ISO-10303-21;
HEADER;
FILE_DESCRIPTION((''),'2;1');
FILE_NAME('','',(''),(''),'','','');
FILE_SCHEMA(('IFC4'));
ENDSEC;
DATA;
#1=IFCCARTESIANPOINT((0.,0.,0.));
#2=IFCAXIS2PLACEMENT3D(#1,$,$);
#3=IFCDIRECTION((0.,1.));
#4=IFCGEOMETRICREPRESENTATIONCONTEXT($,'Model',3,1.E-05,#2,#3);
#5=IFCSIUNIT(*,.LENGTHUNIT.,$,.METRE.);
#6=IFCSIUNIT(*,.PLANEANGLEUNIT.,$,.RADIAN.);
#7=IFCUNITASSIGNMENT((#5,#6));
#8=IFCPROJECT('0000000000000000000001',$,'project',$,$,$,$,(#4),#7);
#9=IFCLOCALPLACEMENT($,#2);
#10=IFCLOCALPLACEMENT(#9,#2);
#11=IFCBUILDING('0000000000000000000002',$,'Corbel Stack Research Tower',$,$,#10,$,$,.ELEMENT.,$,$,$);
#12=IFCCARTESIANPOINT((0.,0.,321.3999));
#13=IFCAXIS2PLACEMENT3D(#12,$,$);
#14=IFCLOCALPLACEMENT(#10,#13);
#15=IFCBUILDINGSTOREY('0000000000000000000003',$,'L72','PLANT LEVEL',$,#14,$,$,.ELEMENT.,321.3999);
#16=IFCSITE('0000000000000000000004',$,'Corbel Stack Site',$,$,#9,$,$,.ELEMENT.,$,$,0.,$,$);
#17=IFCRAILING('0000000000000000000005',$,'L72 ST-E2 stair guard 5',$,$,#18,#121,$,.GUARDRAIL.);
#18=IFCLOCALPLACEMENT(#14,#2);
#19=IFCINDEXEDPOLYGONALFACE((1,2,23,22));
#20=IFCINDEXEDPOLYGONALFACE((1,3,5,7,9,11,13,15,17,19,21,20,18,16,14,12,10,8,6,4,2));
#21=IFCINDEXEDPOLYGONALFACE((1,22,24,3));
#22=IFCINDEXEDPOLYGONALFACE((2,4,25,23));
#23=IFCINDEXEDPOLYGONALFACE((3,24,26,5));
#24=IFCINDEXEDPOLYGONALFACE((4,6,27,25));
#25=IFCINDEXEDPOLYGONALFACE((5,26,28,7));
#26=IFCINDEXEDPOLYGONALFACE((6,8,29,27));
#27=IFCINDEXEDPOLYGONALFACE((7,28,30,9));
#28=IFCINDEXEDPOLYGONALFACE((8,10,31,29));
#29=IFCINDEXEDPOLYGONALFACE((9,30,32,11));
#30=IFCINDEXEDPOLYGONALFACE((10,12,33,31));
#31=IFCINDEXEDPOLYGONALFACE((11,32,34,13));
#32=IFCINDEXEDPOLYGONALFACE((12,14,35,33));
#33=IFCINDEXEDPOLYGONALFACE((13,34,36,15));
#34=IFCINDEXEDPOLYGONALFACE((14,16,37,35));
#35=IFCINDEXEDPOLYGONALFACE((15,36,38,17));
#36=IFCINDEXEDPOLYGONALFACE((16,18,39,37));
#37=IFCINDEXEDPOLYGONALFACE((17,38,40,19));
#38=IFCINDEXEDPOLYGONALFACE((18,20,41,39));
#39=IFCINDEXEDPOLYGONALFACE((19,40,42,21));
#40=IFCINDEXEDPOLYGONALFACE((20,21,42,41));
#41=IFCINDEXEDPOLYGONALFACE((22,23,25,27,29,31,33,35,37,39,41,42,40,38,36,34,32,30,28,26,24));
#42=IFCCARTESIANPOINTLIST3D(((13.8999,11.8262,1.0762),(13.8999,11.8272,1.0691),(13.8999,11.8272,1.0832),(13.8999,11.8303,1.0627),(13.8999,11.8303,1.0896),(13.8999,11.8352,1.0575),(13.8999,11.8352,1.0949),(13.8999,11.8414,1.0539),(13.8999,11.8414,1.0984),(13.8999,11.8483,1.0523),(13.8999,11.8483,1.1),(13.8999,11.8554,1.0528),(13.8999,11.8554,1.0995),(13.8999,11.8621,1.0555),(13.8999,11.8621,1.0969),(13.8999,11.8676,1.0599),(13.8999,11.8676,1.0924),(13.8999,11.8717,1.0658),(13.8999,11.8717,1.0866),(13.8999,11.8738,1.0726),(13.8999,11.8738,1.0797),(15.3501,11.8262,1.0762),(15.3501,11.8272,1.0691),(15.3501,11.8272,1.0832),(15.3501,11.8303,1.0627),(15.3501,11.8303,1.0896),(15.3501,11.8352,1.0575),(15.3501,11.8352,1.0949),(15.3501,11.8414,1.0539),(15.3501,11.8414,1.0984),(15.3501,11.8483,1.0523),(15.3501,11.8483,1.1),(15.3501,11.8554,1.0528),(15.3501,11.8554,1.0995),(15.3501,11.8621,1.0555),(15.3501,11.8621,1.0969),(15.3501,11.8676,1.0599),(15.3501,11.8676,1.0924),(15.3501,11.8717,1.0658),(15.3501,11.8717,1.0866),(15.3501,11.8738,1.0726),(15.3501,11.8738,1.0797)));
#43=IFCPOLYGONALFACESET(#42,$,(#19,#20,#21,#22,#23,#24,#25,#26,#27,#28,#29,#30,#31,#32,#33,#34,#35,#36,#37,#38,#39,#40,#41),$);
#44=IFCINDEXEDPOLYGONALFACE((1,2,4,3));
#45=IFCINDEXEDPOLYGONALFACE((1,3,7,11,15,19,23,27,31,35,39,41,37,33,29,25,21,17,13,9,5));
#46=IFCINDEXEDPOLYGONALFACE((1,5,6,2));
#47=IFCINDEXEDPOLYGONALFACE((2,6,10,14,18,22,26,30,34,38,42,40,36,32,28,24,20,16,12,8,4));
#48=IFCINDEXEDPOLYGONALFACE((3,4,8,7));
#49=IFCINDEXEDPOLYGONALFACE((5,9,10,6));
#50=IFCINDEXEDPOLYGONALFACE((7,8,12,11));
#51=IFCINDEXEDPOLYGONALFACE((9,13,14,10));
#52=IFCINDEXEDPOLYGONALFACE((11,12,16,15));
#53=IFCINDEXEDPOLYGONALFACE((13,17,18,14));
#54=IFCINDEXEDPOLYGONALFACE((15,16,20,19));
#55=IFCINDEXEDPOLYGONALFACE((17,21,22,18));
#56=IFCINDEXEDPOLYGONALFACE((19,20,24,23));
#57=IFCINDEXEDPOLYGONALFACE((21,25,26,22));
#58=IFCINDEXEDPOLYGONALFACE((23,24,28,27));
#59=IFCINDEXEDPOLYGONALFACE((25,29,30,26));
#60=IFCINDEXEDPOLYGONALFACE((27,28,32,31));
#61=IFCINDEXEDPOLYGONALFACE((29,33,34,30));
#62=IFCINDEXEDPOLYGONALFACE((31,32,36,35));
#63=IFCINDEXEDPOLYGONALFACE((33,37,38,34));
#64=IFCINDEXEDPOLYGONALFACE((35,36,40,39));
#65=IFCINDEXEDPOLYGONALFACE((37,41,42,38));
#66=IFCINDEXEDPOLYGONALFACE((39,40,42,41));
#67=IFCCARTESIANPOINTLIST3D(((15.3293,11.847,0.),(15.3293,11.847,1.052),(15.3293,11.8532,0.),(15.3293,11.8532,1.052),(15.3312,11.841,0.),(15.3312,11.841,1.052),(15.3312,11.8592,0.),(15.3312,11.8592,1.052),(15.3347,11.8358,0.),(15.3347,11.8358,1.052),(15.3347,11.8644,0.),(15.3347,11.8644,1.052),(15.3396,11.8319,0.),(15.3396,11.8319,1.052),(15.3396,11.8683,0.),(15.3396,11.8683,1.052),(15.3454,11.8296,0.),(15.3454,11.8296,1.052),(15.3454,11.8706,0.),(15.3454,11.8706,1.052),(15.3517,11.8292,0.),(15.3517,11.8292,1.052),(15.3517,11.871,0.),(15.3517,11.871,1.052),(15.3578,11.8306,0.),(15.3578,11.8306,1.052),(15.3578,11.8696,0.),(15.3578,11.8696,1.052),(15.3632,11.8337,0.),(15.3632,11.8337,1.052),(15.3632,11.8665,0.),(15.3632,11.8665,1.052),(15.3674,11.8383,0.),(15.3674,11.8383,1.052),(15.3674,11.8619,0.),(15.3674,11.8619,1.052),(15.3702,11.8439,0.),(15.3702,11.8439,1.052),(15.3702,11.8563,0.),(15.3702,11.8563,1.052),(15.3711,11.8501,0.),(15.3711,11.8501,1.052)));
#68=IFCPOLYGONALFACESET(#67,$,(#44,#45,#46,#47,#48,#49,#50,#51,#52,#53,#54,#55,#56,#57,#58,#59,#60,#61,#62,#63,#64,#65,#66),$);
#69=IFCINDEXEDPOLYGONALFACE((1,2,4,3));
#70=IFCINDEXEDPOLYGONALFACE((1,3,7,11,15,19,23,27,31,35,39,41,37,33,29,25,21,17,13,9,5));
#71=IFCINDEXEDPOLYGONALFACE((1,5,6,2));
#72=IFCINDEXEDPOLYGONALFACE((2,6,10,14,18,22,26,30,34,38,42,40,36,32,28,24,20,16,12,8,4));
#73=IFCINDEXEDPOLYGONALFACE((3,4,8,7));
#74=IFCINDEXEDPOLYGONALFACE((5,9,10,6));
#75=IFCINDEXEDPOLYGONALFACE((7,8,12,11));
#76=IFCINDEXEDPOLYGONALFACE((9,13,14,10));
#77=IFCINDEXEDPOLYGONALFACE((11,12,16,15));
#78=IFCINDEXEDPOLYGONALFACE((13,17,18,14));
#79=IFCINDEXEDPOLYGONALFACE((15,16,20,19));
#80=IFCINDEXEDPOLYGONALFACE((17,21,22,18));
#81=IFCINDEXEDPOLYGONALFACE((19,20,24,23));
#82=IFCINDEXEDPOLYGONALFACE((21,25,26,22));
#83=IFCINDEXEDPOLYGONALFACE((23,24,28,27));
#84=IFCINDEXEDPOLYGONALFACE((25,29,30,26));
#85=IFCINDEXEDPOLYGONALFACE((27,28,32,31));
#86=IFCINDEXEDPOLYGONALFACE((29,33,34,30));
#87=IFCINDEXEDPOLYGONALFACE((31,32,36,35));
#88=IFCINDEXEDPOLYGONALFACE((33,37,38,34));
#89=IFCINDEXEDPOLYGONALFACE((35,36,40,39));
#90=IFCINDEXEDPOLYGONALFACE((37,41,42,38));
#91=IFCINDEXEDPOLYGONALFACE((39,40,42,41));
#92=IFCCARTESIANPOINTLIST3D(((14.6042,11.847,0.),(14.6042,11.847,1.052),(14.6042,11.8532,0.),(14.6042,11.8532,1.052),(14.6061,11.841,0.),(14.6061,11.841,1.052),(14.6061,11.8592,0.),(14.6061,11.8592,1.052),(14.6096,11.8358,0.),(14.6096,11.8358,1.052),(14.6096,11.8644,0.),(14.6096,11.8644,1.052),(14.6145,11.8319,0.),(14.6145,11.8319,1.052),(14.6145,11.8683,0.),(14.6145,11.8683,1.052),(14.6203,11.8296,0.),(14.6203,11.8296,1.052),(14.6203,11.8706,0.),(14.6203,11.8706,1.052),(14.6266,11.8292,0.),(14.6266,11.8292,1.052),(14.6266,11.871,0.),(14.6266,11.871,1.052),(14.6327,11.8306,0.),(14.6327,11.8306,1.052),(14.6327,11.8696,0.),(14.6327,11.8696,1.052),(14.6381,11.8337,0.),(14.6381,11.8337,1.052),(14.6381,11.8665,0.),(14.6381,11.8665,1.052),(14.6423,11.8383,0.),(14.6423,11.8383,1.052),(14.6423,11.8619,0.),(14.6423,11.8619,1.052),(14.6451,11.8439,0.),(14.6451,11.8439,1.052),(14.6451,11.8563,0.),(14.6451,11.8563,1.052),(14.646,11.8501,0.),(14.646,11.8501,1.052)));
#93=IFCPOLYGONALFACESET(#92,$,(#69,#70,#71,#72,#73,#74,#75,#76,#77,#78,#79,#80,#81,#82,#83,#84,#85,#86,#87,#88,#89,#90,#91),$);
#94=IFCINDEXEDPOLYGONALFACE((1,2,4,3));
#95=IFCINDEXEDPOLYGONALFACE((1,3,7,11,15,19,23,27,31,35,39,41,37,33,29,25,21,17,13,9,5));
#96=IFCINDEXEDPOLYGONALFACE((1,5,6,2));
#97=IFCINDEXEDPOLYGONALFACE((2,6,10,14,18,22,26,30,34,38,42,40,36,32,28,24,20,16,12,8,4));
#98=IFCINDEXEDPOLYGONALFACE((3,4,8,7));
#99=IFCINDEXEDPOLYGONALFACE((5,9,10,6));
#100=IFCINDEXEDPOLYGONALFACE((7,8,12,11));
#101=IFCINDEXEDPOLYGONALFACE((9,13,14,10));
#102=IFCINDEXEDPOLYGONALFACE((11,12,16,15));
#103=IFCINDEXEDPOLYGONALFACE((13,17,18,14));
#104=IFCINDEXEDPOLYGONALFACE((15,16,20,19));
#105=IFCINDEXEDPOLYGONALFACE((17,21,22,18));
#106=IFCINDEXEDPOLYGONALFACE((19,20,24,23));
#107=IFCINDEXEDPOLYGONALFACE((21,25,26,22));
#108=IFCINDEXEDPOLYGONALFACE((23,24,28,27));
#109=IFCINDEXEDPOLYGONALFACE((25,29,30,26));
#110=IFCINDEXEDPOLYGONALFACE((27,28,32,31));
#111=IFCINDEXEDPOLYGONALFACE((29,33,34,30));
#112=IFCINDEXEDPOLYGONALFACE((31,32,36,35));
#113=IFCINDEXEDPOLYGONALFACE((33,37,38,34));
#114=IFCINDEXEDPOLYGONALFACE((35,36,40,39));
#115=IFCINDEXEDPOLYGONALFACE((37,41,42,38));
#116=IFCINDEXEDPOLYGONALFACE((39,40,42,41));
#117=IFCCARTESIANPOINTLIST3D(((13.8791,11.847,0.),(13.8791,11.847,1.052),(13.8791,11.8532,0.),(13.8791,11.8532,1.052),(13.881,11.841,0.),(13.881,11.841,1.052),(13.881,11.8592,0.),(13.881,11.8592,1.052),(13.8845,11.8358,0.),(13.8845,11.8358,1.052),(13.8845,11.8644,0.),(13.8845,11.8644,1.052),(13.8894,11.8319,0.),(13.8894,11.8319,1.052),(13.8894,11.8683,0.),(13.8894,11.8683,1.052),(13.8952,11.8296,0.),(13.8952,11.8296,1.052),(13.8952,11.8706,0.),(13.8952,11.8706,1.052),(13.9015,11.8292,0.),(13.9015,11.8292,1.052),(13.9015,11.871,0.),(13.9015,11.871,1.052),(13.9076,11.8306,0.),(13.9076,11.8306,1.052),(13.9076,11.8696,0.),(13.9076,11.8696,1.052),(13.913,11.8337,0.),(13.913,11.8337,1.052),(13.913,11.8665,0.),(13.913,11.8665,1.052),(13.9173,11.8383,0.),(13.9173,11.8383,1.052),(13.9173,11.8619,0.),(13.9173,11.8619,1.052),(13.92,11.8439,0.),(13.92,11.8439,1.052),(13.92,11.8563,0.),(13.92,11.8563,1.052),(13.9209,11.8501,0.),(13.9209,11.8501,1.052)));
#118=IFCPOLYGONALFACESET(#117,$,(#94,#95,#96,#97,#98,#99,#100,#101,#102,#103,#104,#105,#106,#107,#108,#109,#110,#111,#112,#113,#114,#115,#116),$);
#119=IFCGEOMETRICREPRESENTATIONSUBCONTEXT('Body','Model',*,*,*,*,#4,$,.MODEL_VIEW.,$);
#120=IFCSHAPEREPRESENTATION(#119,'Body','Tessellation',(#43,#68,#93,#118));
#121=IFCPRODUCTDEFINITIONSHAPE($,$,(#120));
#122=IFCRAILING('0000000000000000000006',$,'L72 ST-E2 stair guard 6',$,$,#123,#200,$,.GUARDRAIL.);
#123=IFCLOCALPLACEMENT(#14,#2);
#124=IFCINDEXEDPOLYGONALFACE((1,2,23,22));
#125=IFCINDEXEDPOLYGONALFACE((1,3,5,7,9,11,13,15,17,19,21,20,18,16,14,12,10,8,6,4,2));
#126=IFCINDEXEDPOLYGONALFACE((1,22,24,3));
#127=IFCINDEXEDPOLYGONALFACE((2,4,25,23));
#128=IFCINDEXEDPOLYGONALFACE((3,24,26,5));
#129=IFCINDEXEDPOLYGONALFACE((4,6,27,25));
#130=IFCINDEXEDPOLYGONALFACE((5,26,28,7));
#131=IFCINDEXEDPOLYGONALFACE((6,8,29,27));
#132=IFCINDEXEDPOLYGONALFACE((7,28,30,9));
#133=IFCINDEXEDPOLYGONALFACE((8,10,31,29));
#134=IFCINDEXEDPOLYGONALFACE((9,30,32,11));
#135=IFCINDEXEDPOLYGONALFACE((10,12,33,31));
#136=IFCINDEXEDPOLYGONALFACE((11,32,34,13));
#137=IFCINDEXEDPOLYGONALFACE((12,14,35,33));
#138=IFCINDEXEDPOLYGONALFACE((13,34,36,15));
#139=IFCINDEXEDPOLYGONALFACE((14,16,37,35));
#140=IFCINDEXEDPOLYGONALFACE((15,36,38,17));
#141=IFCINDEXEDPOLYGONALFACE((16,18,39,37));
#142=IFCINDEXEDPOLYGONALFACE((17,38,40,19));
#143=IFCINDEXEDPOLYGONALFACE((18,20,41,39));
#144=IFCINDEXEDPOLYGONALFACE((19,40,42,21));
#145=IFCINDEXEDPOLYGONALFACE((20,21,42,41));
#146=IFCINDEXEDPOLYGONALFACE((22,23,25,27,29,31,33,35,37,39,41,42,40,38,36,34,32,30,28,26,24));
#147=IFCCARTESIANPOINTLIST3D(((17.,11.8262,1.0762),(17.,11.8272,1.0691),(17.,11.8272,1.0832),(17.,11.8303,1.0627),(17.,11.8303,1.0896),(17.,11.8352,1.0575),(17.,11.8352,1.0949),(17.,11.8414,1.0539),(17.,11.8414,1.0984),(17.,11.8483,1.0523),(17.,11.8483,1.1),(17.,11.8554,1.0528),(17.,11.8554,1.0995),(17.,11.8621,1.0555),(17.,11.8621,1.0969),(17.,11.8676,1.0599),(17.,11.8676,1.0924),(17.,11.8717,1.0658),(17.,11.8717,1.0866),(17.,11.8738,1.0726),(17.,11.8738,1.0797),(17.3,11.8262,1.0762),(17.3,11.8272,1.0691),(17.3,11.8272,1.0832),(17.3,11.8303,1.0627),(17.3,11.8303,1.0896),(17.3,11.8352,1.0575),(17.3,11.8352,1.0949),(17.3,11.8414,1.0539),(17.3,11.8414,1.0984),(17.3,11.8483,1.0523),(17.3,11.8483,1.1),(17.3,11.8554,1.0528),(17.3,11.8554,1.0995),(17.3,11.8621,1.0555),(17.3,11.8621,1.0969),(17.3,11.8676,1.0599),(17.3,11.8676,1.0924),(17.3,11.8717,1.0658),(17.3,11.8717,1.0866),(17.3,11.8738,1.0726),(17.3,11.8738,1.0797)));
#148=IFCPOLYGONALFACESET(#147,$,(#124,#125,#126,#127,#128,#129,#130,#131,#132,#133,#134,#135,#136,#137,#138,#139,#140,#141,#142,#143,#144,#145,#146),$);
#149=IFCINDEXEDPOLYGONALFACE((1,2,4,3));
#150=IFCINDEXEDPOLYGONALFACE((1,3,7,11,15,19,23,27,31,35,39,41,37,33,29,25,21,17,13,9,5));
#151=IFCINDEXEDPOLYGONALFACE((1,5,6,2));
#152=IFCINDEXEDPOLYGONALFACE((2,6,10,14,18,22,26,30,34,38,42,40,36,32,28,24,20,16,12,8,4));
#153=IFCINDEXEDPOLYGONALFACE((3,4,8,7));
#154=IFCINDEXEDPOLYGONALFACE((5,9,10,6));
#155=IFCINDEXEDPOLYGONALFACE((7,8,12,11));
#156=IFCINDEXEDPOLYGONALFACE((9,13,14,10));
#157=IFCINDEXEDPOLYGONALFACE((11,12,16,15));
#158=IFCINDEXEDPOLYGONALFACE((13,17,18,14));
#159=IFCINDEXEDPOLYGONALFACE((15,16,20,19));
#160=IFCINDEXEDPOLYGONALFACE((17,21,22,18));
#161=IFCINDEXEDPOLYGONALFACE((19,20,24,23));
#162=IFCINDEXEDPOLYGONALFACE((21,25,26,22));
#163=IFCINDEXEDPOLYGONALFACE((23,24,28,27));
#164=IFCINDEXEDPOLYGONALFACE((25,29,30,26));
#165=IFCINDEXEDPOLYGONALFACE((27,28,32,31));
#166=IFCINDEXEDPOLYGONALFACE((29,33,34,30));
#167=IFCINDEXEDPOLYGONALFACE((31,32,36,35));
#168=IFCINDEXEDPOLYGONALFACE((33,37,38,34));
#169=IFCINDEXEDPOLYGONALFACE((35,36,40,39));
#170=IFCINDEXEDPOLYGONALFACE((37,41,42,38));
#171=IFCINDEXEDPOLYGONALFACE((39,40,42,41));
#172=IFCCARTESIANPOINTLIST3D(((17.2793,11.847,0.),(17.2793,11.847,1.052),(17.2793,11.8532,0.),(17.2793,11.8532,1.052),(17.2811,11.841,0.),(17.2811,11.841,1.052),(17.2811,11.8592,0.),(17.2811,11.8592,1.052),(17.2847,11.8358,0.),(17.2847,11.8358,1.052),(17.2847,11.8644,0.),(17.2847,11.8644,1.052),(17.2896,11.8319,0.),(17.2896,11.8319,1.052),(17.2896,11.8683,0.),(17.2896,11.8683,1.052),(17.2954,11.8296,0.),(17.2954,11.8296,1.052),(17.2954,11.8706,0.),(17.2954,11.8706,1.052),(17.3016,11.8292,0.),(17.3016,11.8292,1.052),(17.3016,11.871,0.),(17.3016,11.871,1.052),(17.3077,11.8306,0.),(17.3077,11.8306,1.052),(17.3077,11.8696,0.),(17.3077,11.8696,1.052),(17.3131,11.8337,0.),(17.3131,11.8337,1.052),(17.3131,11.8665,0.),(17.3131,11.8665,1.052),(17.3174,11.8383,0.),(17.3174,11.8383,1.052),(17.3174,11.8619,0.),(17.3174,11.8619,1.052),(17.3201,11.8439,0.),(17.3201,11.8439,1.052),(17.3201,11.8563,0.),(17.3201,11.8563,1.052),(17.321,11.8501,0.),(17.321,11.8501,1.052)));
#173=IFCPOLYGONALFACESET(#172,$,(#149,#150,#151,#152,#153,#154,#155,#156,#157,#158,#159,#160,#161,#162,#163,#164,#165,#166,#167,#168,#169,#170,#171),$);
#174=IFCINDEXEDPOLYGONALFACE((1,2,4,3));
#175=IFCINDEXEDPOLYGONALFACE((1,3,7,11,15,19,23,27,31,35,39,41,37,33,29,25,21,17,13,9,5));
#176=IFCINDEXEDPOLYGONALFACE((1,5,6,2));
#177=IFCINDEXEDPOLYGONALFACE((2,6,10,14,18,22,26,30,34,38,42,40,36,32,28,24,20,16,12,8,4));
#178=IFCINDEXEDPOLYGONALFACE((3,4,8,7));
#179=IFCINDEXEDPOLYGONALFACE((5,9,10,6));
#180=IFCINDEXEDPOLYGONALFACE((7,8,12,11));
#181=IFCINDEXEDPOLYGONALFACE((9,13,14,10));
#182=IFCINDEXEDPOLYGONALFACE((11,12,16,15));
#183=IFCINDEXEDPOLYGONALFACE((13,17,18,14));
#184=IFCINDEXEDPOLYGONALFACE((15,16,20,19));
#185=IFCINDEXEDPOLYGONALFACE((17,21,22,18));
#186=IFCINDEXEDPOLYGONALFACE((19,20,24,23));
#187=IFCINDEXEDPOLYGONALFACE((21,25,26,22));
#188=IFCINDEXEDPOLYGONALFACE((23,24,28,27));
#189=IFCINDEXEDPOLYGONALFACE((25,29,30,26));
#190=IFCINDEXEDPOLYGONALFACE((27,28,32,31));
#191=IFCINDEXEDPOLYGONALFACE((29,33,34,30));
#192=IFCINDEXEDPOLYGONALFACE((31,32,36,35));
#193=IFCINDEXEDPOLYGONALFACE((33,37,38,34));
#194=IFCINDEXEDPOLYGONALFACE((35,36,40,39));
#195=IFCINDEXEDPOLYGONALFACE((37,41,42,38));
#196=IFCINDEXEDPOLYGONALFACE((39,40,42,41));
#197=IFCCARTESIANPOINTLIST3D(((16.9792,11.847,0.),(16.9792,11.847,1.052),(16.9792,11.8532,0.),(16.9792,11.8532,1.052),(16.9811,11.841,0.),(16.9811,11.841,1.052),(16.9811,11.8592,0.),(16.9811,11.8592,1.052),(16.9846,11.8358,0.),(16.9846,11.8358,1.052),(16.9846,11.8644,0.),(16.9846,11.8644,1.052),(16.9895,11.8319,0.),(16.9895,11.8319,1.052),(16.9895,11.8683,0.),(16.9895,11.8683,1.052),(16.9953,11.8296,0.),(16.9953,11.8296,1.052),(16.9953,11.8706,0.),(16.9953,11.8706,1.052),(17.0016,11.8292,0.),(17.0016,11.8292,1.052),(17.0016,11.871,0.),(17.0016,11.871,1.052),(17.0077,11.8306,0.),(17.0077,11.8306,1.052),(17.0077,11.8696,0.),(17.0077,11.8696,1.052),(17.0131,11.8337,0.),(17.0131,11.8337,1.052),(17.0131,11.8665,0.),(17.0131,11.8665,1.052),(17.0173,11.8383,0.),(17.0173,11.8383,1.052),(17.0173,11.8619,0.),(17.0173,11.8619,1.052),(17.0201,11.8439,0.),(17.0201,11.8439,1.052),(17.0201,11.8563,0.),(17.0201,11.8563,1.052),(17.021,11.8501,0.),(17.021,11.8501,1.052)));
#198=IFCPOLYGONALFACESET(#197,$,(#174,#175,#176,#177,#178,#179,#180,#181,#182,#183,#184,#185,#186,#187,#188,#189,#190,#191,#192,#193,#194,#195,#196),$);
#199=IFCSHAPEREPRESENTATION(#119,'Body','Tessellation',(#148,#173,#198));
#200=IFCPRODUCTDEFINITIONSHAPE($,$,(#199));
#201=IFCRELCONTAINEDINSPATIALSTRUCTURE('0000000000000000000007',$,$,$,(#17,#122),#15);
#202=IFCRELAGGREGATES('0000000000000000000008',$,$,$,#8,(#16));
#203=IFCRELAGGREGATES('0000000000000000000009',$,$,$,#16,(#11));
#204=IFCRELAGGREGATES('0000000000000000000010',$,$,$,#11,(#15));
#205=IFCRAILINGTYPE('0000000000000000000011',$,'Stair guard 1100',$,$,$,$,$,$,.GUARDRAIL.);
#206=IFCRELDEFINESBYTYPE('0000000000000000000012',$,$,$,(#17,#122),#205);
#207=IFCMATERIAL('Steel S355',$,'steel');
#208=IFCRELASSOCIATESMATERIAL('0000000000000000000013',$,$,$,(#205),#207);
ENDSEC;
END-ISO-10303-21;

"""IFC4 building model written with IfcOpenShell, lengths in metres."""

from ifc_helpers import new_model, si_unit, direction, frame, origin, origin_2d, place, context, subcontext, project, spatial, circle, extrude, material, type_object, element, save


model = new_model("IFC4")

# Units and contexts
model_context = context("Model", 3, precision=1e-05, world=origin(), true_north=direction((0.0, 1.0)))
body_context = subcontext(model_context, "Body", "Model", "MODEL_VIEW")
ifc_project = project(units=[si_unit("LENGTHUNIT", "METRE"), si_unit("PLANEANGLEUNIT", "RADIAN")], contexts=[model_context])

# Site, building, storey
site_placement = place(None, origin())
site = spatial("IfcSite", under=ifc_project, at=site_placement, Name="Corbel Stack Site", CompositionType="ELEMENT", RefElevation=0.0)
building_placement = place(site_placement, origin())
building = spatial("IfcBuilding", under=site, at=building_placement, Name="Corbel Stack Research Tower", CompositionType="ELEMENT")
storey_placement = place(building_placement, frame((0.0, 0.0, 321.3999)))
storey = spatial("IfcBuildingStorey", under=building, at=storey_placement, Name="L72", Description="PLANT LEVEL", CompositionType="ELEMENT", Elevation=321.3999)

# Railings
ifc_material_1 = material(Name="Steel S355", Category="steel")
railing_type_1 = type_object("IfcRailingType", Name="Stair guard 1100", PredefinedType="GUARDRAIL", material=ifc_material_1)
railing_1_placement = place(storey_placement, frame((15.3501, 11.8501, 0.0)))
element("IfcRailing", 1, at=railing_1_placement, inside=storey, type_object=railing_type_1, Name="L72 ST-E2 stair guard 5", PredefinedType="GUARDRAIL", context=body_context, shape_type="SweptSolid", body=[
    extrude(circle(Radius=0.0239, at=origin_2d()), frame((0.0, 0.0, 1.0762), z_axis=(-1.0, 0.0, 0.0), x_axis=(0.0, -1.0, 0.0)), (0.0, 0.0, 1.0), 1.4502),
    extrude(circle(Radius=0.021, at=origin_2d()), origin(), (0.0, 0.0, 1.0), 1.052),
    extrude(circle(Radius=0.021, at=origin_2d()), frame((-0.7251, 0.0, 0.0)), (0.0, 0.0, 1.0), 1.052),
    extrude(circle(Radius=0.021, at=origin_2d()), frame((-1.4502, 0.0, 0.0)), (0.0, 0.0, 1.0), 1.052),
])
railing_2_placement = place(storey_placement, frame((17.3, 11.8501, 0.0)))
element("IfcRailing", 2, at=railing_2_placement, inside=storey, type_object=railing_type_1, Name="L72 ST-E2 stair guard 6", PredefinedType="GUARDRAIL", context=body_context, shape_type="SweptSolid", body=[
    extrude(circle(Radius=0.0239, at=origin_2d()), frame((0.0, 0.0, 1.0762), z_axis=(-1.0, 0.0, 0.0), x_axis=(0.0, -1.0, 0.0)), (0.0, 0.0, 1.0), 0.3),
    extrude(circle(Radius=0.021, at=origin_2d()), origin(), (0.0, 0.0, 1.0), 1.052),
    extrude(circle(Radius=0.021, at=origin_2d()), frame((-0.3, 0.0, 0.0)), (0.0, 0.0, 1.0), 1.052),
])

save(model, "model.ifc")
